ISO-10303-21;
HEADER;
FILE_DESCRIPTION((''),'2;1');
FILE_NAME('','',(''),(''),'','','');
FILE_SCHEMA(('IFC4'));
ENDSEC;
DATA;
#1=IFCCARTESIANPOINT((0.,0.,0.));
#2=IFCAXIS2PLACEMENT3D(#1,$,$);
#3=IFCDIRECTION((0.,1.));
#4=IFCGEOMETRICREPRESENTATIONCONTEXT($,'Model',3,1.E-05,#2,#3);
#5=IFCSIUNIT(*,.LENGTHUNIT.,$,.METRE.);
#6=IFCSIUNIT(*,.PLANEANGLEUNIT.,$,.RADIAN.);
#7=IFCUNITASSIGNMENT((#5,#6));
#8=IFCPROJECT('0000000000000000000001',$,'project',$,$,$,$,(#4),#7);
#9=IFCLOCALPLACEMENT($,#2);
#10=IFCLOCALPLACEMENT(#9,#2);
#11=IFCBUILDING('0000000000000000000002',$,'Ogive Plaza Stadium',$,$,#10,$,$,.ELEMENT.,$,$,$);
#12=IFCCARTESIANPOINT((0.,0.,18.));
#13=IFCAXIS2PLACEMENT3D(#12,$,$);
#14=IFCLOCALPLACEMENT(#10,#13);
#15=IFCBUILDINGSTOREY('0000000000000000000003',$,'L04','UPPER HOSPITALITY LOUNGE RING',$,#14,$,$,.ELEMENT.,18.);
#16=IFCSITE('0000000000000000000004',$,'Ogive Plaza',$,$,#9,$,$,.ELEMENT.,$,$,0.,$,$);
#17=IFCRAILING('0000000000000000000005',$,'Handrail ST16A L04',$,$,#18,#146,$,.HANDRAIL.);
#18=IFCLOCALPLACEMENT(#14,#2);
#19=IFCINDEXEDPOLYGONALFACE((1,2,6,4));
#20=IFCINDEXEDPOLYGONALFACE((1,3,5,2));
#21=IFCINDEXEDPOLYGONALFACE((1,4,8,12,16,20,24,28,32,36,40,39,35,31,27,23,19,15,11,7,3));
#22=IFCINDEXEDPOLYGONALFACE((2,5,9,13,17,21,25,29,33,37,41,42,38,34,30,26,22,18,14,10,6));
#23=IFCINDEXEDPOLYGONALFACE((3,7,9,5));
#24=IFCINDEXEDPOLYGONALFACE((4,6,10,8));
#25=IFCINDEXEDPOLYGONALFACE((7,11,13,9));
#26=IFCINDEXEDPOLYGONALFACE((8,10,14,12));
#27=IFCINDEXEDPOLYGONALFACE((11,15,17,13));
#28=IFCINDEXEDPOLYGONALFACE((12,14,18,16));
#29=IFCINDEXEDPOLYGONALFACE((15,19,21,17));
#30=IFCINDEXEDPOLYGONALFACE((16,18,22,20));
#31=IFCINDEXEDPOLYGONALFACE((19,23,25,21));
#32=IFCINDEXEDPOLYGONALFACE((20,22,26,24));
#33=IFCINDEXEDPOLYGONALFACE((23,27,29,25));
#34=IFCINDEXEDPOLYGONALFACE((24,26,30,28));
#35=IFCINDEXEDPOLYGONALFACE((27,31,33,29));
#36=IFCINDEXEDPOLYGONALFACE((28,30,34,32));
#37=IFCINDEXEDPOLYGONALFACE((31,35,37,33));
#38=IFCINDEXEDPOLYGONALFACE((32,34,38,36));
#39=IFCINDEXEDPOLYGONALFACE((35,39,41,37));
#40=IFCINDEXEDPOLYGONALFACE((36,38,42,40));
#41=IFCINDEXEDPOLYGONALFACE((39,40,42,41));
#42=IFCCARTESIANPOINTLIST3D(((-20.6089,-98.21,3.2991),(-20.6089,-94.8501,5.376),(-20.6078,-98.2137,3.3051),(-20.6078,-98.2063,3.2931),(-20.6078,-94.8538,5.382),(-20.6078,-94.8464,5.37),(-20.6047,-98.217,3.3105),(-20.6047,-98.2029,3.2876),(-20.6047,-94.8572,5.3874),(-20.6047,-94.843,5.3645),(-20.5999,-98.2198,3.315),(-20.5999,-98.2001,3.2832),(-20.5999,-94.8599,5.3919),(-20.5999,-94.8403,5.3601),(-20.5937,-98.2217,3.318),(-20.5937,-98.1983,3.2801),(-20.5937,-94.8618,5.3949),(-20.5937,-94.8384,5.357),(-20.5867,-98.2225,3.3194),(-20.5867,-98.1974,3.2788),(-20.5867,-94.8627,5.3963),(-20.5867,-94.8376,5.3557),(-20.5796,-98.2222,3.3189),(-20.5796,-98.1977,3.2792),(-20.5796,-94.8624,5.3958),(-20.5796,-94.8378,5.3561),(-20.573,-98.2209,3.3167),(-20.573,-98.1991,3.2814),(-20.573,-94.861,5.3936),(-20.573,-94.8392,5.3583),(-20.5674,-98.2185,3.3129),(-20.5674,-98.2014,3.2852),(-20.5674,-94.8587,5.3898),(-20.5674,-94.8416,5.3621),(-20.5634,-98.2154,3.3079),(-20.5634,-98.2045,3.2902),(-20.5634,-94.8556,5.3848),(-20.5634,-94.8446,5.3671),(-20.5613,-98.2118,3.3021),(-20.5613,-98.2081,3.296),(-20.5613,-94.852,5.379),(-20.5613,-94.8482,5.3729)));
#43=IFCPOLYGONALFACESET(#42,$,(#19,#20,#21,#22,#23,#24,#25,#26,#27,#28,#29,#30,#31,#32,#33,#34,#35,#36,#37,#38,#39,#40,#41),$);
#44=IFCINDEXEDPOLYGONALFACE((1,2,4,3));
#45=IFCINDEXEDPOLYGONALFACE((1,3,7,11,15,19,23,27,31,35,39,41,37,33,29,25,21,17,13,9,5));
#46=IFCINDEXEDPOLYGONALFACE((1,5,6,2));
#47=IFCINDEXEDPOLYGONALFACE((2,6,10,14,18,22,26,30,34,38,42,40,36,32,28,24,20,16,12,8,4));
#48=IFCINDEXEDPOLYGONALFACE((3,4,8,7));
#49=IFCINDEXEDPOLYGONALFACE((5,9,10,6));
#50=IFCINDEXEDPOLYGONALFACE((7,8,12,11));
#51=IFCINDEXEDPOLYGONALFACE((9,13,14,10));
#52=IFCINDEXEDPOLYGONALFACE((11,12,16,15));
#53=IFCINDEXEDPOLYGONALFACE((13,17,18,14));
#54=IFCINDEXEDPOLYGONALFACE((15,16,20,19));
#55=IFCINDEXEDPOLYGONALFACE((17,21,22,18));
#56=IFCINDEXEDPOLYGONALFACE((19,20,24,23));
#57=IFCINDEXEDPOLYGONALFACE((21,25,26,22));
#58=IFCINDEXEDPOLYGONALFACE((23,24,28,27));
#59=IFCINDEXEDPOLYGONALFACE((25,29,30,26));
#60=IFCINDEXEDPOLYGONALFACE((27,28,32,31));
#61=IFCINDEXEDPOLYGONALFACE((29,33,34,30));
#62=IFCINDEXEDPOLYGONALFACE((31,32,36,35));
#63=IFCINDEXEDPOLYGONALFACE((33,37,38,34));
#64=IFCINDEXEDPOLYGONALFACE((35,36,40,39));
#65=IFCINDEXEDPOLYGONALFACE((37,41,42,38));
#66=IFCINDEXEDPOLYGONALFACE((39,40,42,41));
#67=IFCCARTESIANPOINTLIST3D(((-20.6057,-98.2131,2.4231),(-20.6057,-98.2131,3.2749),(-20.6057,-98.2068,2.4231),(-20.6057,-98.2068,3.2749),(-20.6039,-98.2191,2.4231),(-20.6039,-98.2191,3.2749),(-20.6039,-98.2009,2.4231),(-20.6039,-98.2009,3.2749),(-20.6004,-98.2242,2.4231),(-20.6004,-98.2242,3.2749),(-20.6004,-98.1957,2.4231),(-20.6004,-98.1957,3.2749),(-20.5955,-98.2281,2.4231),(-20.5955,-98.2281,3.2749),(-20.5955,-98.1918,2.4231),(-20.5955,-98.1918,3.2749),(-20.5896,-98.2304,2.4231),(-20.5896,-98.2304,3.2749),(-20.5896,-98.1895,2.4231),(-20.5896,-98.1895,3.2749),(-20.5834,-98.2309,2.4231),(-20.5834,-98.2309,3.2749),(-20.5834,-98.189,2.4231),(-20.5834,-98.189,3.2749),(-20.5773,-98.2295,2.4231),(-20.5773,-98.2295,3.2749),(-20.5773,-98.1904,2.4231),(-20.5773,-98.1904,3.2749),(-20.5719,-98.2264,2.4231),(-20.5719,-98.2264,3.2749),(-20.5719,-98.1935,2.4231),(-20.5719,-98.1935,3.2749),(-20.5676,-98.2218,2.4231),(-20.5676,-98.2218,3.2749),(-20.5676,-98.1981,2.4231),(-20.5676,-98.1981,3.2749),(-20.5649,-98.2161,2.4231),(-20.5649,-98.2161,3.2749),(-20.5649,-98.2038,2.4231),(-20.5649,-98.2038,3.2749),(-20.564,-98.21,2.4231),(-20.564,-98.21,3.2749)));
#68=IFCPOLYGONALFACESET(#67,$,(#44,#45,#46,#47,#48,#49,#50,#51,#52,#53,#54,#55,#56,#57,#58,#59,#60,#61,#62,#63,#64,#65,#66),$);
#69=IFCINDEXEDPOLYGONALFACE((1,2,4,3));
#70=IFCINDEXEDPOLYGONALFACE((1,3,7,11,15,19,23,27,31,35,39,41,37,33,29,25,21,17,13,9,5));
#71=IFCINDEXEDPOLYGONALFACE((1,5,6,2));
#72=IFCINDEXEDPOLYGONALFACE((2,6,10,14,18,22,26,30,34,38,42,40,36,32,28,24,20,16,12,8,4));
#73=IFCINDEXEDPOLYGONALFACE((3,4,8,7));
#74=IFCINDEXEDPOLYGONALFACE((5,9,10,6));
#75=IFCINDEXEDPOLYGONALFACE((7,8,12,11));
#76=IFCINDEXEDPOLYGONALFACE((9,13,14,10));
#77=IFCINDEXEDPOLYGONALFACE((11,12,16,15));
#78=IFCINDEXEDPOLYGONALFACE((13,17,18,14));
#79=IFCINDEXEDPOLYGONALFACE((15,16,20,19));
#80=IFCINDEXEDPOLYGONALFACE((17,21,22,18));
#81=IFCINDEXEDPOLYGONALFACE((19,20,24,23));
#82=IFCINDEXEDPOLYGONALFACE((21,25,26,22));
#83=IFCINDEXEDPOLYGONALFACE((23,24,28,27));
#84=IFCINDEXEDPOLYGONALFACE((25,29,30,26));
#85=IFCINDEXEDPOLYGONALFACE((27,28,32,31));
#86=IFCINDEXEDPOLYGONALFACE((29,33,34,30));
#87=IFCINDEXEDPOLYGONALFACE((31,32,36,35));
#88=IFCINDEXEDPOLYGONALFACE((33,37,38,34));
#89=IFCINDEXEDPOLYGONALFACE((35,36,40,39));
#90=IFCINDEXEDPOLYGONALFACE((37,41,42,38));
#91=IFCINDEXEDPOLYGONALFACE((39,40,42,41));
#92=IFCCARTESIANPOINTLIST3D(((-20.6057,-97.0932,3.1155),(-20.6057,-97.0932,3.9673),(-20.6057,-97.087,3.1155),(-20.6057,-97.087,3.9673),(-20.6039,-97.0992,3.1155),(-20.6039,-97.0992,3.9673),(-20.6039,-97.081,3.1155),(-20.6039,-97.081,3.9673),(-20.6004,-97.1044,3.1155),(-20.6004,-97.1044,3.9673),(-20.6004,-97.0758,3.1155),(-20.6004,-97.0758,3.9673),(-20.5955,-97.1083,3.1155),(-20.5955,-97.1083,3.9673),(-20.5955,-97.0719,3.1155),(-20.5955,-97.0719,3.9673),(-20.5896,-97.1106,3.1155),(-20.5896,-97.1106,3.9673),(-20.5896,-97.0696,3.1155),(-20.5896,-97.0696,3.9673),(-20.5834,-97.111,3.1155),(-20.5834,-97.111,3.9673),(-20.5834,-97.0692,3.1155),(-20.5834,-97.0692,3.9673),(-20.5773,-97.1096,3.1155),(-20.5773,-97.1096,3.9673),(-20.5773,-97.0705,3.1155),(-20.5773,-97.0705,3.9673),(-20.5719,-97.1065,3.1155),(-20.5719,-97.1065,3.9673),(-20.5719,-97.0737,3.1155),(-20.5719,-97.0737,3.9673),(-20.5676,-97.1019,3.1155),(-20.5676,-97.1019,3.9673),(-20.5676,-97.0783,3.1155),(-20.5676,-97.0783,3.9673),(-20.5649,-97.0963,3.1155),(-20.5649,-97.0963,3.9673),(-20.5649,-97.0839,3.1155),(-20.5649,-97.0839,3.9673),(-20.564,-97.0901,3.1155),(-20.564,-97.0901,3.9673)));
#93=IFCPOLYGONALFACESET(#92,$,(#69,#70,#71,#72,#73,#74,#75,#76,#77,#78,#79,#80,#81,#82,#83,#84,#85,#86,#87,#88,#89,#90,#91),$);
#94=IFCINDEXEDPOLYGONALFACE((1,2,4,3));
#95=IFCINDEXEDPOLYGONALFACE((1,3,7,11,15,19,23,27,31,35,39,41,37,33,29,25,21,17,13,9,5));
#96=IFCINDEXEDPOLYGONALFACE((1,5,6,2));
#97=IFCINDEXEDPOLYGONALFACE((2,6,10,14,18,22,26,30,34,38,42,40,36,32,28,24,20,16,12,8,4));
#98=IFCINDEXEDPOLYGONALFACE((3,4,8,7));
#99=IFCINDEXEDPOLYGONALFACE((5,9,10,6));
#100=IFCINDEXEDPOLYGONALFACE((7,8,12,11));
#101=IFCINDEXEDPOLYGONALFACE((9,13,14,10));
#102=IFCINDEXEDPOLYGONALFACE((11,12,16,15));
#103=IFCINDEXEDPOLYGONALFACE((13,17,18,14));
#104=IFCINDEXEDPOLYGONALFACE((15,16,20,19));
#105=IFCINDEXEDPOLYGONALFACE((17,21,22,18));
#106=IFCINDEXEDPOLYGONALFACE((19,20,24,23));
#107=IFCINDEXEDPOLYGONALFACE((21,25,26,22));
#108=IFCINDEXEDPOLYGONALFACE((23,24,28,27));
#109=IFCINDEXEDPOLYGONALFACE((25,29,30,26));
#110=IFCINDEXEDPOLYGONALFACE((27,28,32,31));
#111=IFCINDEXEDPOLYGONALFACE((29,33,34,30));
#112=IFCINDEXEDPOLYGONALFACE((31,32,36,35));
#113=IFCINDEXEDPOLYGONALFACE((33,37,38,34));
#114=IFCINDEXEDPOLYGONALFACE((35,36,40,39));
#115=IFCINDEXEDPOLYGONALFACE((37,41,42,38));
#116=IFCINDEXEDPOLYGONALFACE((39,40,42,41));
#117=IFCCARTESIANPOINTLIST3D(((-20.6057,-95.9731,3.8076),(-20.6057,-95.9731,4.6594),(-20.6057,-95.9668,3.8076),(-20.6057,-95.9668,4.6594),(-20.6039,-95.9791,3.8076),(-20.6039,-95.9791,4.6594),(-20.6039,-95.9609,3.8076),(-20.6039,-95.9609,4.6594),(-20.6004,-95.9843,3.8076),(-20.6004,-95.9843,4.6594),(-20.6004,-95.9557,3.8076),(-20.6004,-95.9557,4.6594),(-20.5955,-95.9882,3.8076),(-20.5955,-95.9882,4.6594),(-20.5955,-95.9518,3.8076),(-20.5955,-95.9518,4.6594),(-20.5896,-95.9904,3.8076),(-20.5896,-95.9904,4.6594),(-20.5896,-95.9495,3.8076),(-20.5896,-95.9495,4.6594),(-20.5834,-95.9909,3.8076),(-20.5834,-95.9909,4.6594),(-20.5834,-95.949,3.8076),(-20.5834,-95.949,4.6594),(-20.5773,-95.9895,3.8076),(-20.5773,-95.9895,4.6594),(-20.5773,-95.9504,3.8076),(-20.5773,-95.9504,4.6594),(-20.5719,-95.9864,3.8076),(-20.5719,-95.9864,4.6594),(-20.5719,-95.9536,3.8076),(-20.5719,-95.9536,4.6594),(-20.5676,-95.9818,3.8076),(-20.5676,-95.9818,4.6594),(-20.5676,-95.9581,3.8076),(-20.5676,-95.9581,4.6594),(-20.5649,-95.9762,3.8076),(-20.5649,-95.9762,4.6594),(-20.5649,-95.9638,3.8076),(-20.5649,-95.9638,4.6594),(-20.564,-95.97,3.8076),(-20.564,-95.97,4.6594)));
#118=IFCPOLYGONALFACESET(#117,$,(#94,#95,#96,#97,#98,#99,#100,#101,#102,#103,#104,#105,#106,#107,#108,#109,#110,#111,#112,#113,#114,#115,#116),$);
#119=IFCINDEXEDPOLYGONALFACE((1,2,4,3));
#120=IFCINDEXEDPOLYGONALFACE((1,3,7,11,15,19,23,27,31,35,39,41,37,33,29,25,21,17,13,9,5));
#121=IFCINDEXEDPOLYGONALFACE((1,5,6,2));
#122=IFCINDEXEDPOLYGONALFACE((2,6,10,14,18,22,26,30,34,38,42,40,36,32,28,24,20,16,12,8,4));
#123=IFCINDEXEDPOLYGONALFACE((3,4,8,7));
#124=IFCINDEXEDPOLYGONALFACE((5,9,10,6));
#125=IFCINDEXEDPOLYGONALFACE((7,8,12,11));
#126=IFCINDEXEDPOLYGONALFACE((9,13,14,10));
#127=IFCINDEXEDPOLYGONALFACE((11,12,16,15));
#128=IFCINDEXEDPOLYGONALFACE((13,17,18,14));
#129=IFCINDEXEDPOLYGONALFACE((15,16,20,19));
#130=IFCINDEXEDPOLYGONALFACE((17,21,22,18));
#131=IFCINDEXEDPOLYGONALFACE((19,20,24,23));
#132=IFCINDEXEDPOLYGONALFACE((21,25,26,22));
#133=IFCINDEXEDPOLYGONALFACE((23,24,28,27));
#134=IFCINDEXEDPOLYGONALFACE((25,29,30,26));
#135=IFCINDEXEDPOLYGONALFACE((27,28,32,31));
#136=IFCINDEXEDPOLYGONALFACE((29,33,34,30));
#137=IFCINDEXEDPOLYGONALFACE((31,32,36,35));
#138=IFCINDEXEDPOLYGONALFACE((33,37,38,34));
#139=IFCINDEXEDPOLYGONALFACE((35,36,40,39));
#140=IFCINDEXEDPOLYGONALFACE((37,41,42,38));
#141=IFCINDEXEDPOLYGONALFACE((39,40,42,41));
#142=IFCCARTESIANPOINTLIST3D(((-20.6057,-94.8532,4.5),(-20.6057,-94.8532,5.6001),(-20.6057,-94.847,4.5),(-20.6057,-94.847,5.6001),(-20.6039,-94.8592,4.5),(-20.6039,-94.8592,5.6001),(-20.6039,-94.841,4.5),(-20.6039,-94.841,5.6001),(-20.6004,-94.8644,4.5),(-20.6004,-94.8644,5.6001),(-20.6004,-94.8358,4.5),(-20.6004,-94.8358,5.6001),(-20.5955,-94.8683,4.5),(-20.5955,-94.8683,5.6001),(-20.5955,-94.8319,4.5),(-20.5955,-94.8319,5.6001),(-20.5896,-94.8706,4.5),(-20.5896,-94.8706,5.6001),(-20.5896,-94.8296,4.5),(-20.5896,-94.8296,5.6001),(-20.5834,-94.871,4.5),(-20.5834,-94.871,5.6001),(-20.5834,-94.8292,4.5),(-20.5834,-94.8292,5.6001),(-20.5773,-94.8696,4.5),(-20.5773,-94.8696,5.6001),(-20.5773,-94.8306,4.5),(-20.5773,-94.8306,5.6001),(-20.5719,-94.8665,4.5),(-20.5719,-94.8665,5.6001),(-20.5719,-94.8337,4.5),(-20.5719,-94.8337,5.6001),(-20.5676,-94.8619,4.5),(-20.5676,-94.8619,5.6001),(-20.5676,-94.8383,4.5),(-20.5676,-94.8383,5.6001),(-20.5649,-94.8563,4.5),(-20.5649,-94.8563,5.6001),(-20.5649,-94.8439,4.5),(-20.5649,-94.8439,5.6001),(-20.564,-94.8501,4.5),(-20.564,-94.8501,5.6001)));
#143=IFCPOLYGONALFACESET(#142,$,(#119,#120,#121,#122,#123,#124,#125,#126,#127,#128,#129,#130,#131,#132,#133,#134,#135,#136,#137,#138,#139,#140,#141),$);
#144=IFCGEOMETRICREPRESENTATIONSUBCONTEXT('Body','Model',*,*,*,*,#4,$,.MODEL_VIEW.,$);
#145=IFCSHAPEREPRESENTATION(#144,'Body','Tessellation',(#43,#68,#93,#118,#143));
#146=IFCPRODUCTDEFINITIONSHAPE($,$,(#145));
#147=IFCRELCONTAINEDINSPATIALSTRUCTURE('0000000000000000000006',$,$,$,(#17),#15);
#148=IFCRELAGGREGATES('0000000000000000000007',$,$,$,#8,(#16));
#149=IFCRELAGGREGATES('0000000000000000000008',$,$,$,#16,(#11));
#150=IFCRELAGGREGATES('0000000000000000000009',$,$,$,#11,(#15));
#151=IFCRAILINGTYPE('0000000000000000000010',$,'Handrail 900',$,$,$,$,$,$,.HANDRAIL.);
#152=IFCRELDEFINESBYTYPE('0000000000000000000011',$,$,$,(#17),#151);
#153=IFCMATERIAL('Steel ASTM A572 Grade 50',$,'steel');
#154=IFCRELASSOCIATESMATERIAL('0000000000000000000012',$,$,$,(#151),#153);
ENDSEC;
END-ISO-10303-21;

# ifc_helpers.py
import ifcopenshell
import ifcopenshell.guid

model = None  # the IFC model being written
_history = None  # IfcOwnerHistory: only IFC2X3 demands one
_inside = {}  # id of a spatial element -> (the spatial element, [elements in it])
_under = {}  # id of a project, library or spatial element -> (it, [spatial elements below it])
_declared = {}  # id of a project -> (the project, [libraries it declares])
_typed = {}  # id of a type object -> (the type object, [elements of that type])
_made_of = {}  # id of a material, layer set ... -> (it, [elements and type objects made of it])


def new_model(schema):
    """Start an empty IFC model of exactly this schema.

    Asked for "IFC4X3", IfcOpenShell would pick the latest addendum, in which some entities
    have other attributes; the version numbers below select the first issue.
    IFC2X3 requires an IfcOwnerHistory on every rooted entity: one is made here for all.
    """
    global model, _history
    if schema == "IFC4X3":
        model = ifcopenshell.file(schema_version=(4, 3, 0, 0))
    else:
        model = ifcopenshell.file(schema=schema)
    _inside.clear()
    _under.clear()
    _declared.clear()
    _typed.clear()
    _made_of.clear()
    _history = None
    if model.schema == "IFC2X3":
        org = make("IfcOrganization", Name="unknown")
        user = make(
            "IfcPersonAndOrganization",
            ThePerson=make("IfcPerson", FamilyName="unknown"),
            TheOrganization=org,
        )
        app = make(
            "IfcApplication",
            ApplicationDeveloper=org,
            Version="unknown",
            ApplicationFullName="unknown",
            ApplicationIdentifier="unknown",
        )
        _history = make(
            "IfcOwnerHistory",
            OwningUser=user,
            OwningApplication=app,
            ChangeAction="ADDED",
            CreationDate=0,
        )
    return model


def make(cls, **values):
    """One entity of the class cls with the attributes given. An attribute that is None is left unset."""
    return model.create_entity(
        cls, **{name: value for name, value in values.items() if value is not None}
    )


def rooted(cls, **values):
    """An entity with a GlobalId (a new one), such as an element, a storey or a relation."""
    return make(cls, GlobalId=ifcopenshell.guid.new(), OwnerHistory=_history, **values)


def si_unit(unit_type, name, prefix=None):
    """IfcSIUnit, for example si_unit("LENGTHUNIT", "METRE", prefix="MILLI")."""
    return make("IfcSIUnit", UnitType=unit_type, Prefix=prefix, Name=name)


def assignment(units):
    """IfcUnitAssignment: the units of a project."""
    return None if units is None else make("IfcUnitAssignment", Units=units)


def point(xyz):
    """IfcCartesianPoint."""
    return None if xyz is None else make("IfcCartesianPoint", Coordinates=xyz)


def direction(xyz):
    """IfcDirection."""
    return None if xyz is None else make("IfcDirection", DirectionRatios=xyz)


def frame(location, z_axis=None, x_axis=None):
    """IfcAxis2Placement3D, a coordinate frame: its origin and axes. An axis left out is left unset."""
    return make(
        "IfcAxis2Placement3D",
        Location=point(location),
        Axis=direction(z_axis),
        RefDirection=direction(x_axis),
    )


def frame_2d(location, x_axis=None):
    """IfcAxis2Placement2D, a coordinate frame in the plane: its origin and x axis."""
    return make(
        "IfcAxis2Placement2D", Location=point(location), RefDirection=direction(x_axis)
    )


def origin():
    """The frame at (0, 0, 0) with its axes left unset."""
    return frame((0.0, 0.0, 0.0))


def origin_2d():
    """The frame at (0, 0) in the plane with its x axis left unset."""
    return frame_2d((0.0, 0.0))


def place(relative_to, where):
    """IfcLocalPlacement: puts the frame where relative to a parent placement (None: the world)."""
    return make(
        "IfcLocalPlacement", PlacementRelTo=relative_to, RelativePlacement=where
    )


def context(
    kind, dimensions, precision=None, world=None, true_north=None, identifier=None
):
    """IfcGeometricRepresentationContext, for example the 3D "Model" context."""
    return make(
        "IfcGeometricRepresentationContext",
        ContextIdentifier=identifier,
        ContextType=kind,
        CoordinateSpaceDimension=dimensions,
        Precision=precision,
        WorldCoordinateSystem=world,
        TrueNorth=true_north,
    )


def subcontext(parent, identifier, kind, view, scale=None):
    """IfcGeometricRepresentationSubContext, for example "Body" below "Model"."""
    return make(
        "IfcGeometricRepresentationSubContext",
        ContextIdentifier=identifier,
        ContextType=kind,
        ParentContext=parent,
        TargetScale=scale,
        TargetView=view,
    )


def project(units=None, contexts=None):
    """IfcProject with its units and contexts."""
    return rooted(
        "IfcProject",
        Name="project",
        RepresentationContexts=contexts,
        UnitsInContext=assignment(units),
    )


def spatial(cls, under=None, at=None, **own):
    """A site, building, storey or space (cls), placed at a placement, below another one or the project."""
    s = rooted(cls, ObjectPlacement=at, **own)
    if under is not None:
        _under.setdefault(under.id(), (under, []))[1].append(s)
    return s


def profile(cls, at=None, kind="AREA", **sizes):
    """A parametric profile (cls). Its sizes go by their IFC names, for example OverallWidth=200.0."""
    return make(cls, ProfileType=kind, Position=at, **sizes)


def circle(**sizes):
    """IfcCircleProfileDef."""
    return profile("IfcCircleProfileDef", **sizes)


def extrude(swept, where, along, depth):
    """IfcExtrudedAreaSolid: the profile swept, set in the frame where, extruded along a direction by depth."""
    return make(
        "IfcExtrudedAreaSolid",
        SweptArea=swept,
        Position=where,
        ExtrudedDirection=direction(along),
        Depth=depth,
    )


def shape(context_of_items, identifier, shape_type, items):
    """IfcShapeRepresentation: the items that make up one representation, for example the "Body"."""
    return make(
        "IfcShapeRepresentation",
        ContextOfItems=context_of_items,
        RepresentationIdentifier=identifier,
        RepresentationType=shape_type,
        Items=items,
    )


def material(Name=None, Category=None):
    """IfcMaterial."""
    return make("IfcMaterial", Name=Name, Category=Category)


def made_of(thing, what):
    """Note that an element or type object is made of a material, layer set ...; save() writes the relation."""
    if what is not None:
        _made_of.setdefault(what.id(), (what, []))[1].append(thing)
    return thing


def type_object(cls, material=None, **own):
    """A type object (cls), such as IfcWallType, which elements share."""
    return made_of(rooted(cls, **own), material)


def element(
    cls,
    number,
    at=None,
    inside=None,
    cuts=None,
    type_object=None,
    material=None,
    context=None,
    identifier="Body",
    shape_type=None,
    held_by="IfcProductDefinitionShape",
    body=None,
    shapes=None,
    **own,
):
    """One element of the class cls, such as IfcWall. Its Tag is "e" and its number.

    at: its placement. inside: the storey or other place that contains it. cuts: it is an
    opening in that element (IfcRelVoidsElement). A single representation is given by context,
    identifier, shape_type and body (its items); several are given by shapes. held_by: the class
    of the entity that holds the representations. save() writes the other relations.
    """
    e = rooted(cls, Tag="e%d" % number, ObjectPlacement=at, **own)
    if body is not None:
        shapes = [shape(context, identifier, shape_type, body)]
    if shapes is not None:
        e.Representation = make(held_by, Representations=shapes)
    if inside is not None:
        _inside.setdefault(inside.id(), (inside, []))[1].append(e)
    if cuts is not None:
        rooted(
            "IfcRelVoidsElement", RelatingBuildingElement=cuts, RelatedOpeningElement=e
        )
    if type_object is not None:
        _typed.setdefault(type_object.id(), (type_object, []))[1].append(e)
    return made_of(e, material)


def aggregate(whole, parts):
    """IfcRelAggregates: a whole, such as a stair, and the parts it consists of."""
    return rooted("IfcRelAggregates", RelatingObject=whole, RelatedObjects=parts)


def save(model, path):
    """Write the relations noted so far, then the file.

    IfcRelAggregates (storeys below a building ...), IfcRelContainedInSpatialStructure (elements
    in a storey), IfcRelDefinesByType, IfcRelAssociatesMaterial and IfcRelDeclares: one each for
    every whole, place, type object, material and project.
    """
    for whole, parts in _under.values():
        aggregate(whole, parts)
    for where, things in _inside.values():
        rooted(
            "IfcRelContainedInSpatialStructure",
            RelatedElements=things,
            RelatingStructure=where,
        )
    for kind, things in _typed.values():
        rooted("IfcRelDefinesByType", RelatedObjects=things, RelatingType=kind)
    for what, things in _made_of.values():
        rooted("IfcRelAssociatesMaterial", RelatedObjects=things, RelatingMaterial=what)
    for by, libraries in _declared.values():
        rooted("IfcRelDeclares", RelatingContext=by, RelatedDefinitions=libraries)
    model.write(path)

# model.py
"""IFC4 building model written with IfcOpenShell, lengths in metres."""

from ifc_helpers import new_model, si_unit, direction, frame, origin, origin_2d, place, context, subcontext, project, spatial, circle, extrude, material, type_object, element, save


model = new_model("IFC4")

# Units and contexts
model_context = context("Model", 3, precision=1e-05, world=origin(), true_north=direction((0.0, 1.0)))
body_context = subcontext(model_context, "Body", "Model", "MODEL_VIEW")
ifc_project = project(units=[si_unit("LENGTHUNIT", "METRE"), si_unit("PLANEANGLEUNIT", "RADIAN")], contexts=[model_context])

# Site, building, storey
site_placement = place(None, origin())
site = spatial("IfcSite", under=ifc_project, at=site_placement, Name="Ogive Plaza", CompositionType="ELEMENT", RefElevation=0.0)
building_placement = place(site_placement, origin())
building = spatial("IfcBuilding", under=site, at=building_placement, Name="Ogive Plaza Stadium", CompositionType="ELEMENT")
storey_placement = place(building_placement, frame((0.0, 0.0, 18.0)))
storey = spatial("IfcBuildingStorey", under=building, at=storey_placement, Name="L04", Description="UPPER HOSPITALITY LOUNGE RING", CompositionType="ELEMENT", Elevation=18.0)

# Railing
ifc_material_1 = material(Name="Steel ASTM A572 Grade 50", Category="steel")
railing_type_1 = type_object("IfcRailingType", Name="Handrail 900", PredefinedType="HANDRAIL", material=ifc_material_1)
railing_1_placement = place(storey_placement, frame((-20.585, -98.21, 2.4231)))
element("IfcRailing", 1, at=railing_1_placement, inside=storey, type_object=railing_type_1, Name="Handrail ST16A L04", PredefinedType="HANDRAIL", context=body_context, shape_type="SweptSolid", body=[
    extrude(circle(Radius=0.0239, at=origin_2d()), frame((0.0, 0.0, 0.876), z_axis=(0.0, 0.850606, 0.525803), x_axis=(-1.0, 0.0, 0.0)), (0.0, 0.0, 1.0), 3.95),
    extrude(circle(Radius=0.021, at=origin_2d()), origin(), (0.0, 0.0, 1.0), 0.8518),
    extrude(circle(Radius=0.021, at=origin_2d()), frame((0.0, 1.1199, 0.6924)), (0.0, 0.0, 1.0), 0.8518),
    extrude(circle(Radius=0.021, at=origin_2d()), frame((0.0, 2.24, 1.3845)), (0.0, 0.0, 1.0), 0.8518),
    extrude(circle(Radius=0.021, at=origin_2d()), frame((0.0, 3.3599, 2.0769)), (0.0, 0.0, 1.0), 1.1001),
])

save(model, "model.ifc")
